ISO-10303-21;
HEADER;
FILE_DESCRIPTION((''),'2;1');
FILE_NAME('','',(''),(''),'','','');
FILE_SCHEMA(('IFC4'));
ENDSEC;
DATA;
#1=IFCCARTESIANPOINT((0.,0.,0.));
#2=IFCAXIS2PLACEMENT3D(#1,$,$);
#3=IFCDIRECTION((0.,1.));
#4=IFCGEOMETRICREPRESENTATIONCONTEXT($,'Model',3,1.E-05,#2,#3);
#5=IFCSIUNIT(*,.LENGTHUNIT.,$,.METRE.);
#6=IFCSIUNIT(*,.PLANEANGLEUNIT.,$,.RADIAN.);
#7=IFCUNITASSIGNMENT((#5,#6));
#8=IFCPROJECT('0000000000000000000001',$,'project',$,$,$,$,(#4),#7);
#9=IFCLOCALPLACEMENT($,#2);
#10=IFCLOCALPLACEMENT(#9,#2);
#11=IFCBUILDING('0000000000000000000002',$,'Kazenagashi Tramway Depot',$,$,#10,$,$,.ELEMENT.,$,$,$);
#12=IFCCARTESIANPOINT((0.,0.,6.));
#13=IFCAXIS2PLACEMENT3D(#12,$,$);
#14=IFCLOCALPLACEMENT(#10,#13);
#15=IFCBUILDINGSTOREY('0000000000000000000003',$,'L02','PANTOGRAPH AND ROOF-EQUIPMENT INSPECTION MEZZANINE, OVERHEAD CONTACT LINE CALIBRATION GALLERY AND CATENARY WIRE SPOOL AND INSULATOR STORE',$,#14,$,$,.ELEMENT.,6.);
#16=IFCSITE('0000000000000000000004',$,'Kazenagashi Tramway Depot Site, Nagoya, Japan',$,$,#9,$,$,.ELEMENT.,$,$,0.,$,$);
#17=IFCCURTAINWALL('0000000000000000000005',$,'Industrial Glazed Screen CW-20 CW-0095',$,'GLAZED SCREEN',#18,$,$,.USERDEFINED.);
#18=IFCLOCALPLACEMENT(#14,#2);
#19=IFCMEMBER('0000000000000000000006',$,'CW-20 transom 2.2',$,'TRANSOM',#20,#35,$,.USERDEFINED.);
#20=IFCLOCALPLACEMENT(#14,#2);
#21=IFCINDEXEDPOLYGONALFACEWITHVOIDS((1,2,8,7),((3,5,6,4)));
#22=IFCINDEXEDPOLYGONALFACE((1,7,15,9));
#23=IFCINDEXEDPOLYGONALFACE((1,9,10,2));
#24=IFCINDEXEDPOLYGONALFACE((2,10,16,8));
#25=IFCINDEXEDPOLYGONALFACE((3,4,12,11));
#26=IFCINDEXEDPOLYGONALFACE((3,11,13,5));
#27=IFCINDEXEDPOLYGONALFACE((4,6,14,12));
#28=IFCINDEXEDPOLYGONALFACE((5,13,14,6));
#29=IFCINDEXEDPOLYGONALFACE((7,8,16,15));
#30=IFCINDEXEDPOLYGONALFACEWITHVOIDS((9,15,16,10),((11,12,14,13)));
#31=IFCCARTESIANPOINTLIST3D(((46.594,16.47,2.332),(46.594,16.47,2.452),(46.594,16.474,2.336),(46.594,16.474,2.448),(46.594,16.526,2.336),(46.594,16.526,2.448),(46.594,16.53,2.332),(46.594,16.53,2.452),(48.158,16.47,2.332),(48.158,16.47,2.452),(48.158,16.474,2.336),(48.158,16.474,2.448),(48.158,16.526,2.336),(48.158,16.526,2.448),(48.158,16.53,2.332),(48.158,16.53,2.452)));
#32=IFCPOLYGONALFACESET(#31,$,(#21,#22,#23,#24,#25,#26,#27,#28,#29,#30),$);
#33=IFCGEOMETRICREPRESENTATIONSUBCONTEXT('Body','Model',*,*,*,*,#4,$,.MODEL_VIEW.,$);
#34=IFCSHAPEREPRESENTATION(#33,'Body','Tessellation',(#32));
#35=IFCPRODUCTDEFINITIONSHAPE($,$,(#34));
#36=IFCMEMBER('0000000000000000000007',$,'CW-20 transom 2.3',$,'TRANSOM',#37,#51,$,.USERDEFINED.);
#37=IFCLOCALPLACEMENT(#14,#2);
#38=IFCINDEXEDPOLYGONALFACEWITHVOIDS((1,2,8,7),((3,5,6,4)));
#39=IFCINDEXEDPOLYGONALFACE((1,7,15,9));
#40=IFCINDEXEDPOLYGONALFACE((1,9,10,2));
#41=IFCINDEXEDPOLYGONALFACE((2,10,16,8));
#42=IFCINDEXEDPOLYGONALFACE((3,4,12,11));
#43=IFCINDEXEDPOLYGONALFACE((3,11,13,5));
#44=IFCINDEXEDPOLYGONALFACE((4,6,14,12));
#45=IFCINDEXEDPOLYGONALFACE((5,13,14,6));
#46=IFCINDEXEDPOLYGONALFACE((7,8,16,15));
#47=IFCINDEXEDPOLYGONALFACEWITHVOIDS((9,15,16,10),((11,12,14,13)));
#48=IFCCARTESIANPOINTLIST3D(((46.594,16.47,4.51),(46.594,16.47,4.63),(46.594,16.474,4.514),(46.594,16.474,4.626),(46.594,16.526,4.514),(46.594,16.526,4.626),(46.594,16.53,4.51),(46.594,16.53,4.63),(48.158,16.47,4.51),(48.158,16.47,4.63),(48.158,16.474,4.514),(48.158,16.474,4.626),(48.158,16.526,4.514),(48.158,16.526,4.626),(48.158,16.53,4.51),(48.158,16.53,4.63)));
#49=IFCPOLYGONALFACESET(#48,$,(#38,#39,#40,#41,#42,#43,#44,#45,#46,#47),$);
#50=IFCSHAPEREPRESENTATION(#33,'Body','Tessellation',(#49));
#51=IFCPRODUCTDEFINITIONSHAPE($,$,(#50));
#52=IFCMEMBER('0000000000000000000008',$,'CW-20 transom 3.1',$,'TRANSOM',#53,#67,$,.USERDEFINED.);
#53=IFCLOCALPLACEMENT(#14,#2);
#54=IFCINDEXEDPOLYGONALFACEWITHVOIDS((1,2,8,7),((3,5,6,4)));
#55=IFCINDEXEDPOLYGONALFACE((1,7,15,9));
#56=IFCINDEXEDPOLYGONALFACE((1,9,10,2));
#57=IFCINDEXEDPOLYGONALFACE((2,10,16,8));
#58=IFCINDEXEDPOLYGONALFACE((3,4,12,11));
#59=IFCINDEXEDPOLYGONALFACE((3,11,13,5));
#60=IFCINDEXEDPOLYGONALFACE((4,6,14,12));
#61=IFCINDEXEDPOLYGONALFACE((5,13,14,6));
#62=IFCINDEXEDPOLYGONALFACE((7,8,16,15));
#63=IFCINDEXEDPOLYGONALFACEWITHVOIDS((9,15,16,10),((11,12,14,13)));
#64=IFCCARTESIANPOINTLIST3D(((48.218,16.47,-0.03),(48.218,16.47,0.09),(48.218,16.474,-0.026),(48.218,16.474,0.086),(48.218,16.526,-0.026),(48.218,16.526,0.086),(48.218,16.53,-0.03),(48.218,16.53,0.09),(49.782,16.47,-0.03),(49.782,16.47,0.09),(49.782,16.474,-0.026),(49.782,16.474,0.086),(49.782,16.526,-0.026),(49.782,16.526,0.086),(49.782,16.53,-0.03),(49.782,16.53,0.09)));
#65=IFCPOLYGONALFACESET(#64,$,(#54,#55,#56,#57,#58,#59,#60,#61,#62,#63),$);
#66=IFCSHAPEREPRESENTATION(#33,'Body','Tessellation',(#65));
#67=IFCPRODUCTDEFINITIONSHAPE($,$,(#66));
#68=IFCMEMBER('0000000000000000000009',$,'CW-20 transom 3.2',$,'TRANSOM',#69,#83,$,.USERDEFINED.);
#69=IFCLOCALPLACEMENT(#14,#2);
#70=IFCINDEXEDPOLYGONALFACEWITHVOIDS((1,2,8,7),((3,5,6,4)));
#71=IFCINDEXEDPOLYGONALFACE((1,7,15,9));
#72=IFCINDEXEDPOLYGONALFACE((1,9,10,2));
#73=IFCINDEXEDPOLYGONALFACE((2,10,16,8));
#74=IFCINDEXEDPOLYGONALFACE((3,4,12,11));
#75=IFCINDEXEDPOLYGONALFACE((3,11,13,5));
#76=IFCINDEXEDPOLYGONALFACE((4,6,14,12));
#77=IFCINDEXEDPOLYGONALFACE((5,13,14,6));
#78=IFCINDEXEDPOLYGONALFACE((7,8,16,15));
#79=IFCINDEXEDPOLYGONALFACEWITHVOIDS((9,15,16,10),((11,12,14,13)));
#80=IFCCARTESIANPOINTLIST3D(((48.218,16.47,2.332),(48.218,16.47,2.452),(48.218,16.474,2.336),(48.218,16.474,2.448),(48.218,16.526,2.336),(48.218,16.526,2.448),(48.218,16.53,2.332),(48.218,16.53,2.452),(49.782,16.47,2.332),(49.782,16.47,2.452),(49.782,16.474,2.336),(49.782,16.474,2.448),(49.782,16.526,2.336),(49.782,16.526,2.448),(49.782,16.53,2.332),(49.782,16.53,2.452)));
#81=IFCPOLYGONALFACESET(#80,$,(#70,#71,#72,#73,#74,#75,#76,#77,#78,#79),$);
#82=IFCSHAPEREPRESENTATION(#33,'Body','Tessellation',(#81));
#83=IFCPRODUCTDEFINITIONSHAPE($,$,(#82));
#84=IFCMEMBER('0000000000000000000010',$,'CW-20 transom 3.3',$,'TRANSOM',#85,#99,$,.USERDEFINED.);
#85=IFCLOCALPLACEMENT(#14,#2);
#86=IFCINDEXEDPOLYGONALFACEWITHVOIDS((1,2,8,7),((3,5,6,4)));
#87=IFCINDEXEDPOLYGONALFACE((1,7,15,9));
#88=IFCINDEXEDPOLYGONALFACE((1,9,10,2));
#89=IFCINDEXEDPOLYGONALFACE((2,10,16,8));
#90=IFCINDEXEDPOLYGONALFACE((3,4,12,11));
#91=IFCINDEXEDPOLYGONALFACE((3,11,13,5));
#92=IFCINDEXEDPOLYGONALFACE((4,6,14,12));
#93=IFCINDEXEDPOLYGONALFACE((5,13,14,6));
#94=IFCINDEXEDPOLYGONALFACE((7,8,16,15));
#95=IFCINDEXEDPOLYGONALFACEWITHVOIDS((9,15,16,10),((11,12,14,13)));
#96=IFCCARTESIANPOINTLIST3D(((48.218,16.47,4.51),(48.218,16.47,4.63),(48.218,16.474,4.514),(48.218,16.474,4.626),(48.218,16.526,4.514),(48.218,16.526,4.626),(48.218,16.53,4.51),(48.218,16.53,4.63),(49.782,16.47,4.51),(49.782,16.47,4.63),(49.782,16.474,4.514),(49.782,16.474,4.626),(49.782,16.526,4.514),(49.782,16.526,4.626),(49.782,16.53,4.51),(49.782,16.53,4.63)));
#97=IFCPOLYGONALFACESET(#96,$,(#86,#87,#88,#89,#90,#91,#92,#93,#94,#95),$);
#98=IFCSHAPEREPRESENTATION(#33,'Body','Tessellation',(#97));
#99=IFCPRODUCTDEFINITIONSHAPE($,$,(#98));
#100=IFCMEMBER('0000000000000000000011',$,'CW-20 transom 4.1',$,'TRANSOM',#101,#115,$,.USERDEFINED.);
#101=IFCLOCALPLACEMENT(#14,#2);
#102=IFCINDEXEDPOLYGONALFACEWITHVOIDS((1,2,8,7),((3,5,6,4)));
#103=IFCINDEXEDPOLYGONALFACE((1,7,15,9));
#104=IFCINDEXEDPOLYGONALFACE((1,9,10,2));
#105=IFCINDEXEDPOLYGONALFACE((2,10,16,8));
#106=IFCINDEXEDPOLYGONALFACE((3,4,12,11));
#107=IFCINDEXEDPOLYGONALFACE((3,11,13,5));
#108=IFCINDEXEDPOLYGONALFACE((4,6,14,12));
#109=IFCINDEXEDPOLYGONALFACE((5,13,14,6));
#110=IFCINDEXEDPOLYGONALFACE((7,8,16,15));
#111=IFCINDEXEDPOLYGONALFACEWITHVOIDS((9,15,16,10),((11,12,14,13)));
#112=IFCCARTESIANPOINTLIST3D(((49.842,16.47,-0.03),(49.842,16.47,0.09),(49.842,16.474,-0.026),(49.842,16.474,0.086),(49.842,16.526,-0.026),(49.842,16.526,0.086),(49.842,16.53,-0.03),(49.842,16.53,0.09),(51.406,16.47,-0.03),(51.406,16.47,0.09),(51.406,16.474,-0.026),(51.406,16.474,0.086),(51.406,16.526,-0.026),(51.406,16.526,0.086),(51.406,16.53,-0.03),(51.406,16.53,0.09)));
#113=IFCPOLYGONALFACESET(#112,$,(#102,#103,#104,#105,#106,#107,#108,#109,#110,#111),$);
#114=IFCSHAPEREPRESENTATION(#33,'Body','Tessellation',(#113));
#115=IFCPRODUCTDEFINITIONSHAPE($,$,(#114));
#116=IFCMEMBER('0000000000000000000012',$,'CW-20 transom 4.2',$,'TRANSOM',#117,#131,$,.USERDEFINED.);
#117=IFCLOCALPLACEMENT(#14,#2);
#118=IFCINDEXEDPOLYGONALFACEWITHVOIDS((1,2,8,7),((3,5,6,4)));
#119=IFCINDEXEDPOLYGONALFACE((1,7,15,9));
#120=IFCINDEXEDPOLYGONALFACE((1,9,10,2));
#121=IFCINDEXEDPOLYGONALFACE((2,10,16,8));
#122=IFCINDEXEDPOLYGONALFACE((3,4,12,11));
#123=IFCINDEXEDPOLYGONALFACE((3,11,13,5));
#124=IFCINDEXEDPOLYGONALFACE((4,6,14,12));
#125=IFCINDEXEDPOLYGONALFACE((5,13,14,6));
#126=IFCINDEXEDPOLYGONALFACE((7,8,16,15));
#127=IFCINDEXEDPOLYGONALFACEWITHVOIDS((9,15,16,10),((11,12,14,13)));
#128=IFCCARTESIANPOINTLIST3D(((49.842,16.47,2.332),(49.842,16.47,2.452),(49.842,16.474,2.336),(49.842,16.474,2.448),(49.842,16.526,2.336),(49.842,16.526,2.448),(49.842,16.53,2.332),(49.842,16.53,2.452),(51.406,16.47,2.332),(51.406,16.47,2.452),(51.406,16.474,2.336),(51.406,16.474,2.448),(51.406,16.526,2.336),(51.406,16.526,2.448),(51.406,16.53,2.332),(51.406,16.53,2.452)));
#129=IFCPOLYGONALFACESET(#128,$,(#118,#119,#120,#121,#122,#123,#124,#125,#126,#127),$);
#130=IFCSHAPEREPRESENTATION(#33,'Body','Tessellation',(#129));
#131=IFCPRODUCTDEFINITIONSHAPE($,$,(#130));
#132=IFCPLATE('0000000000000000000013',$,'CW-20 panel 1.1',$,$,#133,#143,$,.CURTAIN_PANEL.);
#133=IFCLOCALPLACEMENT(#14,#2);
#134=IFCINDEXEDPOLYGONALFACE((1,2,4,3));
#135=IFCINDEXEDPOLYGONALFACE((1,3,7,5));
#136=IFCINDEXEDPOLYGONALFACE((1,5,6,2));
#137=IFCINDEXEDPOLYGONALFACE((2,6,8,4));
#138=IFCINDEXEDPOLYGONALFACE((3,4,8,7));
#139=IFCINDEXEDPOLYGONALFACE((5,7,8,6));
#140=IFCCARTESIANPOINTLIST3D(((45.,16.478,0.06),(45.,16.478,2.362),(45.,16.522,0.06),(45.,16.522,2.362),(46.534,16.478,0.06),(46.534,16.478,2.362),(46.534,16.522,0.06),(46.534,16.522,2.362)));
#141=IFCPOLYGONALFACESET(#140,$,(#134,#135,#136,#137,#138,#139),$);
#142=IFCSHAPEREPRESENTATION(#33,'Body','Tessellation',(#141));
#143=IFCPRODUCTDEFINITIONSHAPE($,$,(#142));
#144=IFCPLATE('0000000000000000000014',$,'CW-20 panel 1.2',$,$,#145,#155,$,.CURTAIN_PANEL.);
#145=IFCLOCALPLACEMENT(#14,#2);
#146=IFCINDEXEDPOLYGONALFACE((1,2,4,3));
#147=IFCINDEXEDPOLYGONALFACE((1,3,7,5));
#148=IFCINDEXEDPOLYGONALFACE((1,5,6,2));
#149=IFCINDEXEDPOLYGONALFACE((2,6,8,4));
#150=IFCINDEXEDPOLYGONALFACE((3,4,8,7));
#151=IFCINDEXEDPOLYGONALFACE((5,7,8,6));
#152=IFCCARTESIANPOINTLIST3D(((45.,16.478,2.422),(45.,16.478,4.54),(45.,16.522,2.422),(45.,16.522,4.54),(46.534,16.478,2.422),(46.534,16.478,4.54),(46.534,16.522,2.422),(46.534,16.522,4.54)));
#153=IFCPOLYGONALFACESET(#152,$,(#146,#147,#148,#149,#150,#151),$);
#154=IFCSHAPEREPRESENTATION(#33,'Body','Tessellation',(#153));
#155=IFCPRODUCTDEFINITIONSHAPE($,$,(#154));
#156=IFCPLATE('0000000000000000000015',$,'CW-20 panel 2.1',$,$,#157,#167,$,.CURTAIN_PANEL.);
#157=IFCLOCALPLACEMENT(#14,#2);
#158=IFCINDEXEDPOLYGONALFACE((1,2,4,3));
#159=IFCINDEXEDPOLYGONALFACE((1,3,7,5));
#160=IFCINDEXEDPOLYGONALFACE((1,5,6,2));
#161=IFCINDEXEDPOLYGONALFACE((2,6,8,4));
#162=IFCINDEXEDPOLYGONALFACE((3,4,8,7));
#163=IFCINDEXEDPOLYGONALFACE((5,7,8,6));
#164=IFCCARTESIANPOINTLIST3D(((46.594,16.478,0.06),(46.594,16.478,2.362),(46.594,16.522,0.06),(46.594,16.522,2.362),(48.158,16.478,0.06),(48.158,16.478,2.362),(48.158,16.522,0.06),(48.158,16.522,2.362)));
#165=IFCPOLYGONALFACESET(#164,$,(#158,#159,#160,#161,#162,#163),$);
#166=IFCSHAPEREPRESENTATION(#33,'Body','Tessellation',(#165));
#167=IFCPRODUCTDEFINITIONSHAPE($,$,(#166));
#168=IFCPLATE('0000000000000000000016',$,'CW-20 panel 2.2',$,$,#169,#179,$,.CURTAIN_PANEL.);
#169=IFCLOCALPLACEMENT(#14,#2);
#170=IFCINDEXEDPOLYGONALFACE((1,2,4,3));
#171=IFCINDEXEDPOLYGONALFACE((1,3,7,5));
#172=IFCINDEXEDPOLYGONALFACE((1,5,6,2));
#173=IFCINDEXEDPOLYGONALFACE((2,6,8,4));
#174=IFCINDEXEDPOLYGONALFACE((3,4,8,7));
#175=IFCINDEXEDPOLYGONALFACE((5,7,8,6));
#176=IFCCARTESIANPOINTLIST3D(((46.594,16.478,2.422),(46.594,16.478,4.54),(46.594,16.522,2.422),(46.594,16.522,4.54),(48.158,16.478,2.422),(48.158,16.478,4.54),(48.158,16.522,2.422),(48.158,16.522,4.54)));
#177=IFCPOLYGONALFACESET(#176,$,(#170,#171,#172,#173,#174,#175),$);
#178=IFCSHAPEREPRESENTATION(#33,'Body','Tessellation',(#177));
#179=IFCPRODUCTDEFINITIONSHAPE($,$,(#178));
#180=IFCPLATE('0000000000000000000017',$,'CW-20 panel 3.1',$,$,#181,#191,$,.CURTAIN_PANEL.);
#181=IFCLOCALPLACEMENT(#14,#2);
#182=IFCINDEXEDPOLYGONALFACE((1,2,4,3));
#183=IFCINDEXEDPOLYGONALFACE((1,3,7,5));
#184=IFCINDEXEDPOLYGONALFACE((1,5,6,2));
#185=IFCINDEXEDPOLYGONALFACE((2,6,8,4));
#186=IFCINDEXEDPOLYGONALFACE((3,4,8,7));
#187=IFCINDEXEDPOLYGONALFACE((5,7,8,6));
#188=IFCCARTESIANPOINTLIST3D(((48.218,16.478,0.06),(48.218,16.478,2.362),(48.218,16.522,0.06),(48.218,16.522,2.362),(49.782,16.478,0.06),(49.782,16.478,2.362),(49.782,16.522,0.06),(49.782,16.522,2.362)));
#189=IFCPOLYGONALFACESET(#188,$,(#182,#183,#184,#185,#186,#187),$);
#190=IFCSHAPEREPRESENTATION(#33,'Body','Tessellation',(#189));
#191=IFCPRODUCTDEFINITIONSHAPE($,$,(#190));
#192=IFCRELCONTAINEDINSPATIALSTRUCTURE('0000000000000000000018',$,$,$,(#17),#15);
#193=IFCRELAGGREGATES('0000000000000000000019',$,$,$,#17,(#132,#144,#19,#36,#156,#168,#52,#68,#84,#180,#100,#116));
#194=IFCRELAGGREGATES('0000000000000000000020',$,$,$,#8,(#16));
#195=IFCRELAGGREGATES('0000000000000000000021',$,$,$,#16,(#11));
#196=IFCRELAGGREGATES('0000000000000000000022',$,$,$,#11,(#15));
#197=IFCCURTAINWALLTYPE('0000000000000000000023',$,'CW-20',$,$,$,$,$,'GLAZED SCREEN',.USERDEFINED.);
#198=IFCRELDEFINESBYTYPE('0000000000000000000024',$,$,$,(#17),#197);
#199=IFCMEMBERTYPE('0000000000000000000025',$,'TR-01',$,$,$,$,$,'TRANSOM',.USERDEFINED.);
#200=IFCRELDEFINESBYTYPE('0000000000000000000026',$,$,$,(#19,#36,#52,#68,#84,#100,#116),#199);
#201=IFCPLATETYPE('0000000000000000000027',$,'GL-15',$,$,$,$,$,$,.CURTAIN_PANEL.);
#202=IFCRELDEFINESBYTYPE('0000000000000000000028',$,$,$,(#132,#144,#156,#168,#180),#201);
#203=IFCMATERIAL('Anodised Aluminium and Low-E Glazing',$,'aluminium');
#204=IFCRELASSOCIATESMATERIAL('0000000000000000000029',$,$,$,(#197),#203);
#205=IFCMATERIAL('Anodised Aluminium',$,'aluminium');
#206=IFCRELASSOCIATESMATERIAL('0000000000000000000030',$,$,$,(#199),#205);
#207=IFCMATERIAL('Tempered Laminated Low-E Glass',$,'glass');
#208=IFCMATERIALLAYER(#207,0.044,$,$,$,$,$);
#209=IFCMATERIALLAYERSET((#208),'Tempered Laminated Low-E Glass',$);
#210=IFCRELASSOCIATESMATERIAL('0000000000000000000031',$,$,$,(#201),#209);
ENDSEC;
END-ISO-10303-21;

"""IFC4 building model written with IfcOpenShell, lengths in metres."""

from ifc_helpers import new_model, si_unit, direction, frame, origin, origin_2d, place, context, subcontext, project, spatial, rectangle, hollow_rectangle, extrude, material, layer, layer_set, material_profile, profile_set, type_object, element, aggregate, save


model = new_model("IFC4")

# Units and contexts
model_context = context("Model", 3, precision=1e-05, world=origin(), true_north=direction((0.0, 1.0)))
body_context = subcontext(model_context, "Body", "Model", "MODEL_VIEW")
ifc_project = project(units=[si_unit("LENGTHUNIT", "METRE"), si_unit("PLANEANGLEUNIT", "RADIAN")], contexts=[model_context])

# Site, building, storey
site_placement = place(None, origin())
site = spatial("IfcSite", under=ifc_project, at=site_placement, Name="Kazenagashi Tramway Depot Site, Nagoya, Japan", CompositionType="ELEMENT", RefElevation=0.0)
building_placement = place(site_placement, origin())
building = spatial("IfcBuilding", under=site, at=building_placement, Name="Kazenagashi Tramway Depot", CompositionType="ELEMENT")
storey_placement = place(building_placement, frame((0.0, 0.0, 6.0)))
storey = spatial("IfcBuildingStorey", under=building, at=storey_placement, Name="L02", Description="PANTOGRAPH AND ROOF-EQUIPMENT INSPECTION MEZZANINE, OVERHEAD CONTACT LINE CALIBRATION GALLERY AND CATENARY WIRE SPOOL AND INSULATOR STORE", CompositionType="ELEMENT", Elevation=6.0)

# Curtain wall
ifc_material_1 = material(Name="Anodised Aluminium and Low-E Glazing", Category="aluminium")
curtain_wall_type = type_object("IfcCurtainWallType", Name="CW-20", ElementType="GLAZED SCREEN", PredefinedType="USERDEFINED", material=ifc_material_1)
curtain_wall_placement = place(storey_placement, origin())
curtain_wall = element("IfcCurtainWall", 1, at=curtain_wall_placement, inside=storey, type_object=curtain_wall_type, Name="Industrial Glazed Screen CW-20 CW-0095", ObjectType="GLAZED SCREEN", PredefinedType="USERDEFINED")
ifc_material_2 = material(Name="Anodised Aluminium", Category="aluminium")

# Members
ifc_material_profile_1 = material_profile(ifc_material_2, hollow_rectangle(XDim=0.06, YDim=0.12, WallThickness=0.004, at=origin_2d()), Name="RHS-120x60x4")
ifc_profile_set_1 = profile_set([ifc_material_profile_1], Name="Anodised Aluminium")
member_type_1 = type_object("IfcMemberType", Name="TR-01", ElementType="TRANSOM", PredefinedType="USERDEFINED", material=ifc_profile_set_1)
member_1_placement = place(storey_placement, frame((46.594, 16.5, 2.392), z_axis=(1.0, 0.0, 0.0), x_axis=(0.0, 1.0, 0.0)))
member_1 = element("IfcMember", 2, at=member_1_placement, type_object=member_type_1, Name="CW-20 transom 2.2", ObjectType="TRANSOM", PredefinedType="USERDEFINED", context=body_context, shape_type="SweptSolid", body=[
    extrude(hollow_rectangle(XDim=0.06, YDim=0.12, WallThickness=0.004, at=origin_2d()), origin(), (0.0, 0.0, 1.0), 1.564),
])
member_2_placement = place(storey_placement, frame((46.594, 16.5, 4.57), z_axis=(1.0, 0.0, 0.0), x_axis=(0.0, 1.0, 0.0)))
member_2 = element("IfcMember", 3, at=member_2_placement, type_object=member_type_1, Name="CW-20 transom 2.3", ObjectType="TRANSOM", PredefinedType="USERDEFINED", context=body_context, shape_type="SweptSolid", body=[
    extrude(hollow_rectangle(XDim=0.06, YDim=0.12, WallThickness=0.004, at=origin_2d()), origin(), (0.0, 0.0, 1.0), 1.564),
])
member_3_placement = place(storey_placement, frame((48.218, 16.5, 0.03), z_axis=(1.0, 0.0, 0.0), x_axis=(0.0, 1.0, 0.0)))
member_3 = element("IfcMember", 4, at=member_3_placement, type_object=member_type_1, Name="CW-20 transom 3.1", ObjectType="TRANSOM", PredefinedType="USERDEFINED", context=body_context, shape_type="SweptSolid", body=[
    extrude(hollow_rectangle(XDim=0.06, YDim=0.12, WallThickness=0.004, at=origin_2d()), origin(), (0.0, 0.0, 1.0), 1.564),
])
member_4_placement = place(storey_placement, frame((48.218, 16.5, 2.392), z_axis=(1.0, 0.0, 0.0), x_axis=(0.0, 1.0, 0.0)))
member_4 = element("IfcMember", 5, at=member_4_placement, type_object=member_type_1, Name="CW-20 transom 3.2", ObjectType="TRANSOM", PredefinedType="USERDEFINED", context=body_context, shape_type="SweptSolid", body=[
    extrude(hollow_rectangle(XDim=0.06, YDim=0.12, WallThickness=0.004, at=origin_2d()), origin(), (0.0, 0.0, 1.0), 1.564),
])
member_5_placement = place(storey_placement, frame((48.218, 16.5, 4.57), z_axis=(1.0, 0.0, 0.0), x_axis=(0.0, 1.0, 0.0)))
member_5 = element("IfcMember", 6, at=member_5_placement, type_object=member_type_1, Name="CW-20 transom 3.3", ObjectType="TRANSOM", PredefinedType="USERDEFINED", context=body_context, shape_type="SweptSolid", body=[
    extrude(hollow_rectangle(XDim=0.06, YDim=0.12, WallThickness=0.004, at=origin_2d()), origin(), (0.0, 0.0, 1.0), 1.564),
])
member_6_placement = place(storey_placement, frame((49.842, 16.5, 0.03), z_axis=(1.0, 0.0, 0.0), x_axis=(0.0, 1.0, 0.0)))
member_6 = element("IfcMember", 7, at=member_6_placement, type_object=member_type_1, Name="CW-20 transom 4.1", ObjectType="TRANSOM", PredefinedType="USERDEFINED", context=body_context, shape_type="SweptSolid", body=[
    extrude(hollow_rectangle(XDim=0.06, YDim=0.12, WallThickness=0.004, at=origin_2d()), origin(), (0.0, 0.0, 1.0), 1.564),
])
member_7_placement = place(storey_placement, frame((49.842, 16.5, 2.392), z_axis=(1.0, 0.0, 0.0), x_axis=(0.0, 1.0, 0.0)))
member_7 = element("IfcMember", 8, at=member_7_placement, type_object=member_type_1, Name="CW-20 transom 4.2", ObjectType="TRANSOM", PredefinedType="USERDEFINED", context=body_context, shape_type="SweptSolid", body=[
    extrude(hollow_rectangle(XDim=0.06, YDim=0.12, WallThickness=0.004, at=origin_2d()), origin(), (0.0, 0.0, 1.0), 1.564),
])

# Plates
ifc_material_3 = material(Name="Tempered Laminated Low-E Glass", Category="glass")
ifc_layer_1 = layer(ifc_material_3, 0.044)
ifc_layer_set_1 = layer_set([ifc_layer_1], Name="Tempered Laminated Low-E Glass")
plate_type = type_object("IfcPlateType", Name="GL-15", PredefinedType="CURTAIN_PANEL", material=ifc_layer_set_1)
plate_1_placement = place(storey_placement, frame((45.767, 16.5, 0.06), z_axis=(0.0, 0.0, 1.0), x_axis=(1.0, 0.0, 0.0)))
plate_1 = element("IfcPlate", 9, at=plate_1_placement, type_object=plate_type, Name="CW-20 panel 1.1", PredefinedType="CURTAIN_PANEL", context=body_context, shape_type="SweptSolid", body=[
    extrude(rectangle(XDim=1.534, YDim=0.044, at=origin_2d()), origin(), (0.0, 0.0, 1.0), 2.302),
])
plate_2_placement = place(storey_placement, frame((45.767, 16.5, 2.422), z_axis=(0.0, 0.0, 1.0), x_axis=(1.0, 0.0, 0.0)))
plate_2 = element("IfcPlate", 10, at=plate_2_placement, type_object=plate_type, Name="CW-20 panel 1.2", PredefinedType="CURTAIN_PANEL", context=body_context, shape_type="SweptSolid", body=[
    extrude(rectangle(XDim=1.534, YDim=0.044, at=origin_2d()), origin(), (0.0, 0.0, 1.0), 2.118),
])
plate_3_placement = place(storey_placement, frame((47.376, 16.5, 0.06), z_axis=(0.0, 0.0, 1.0), x_axis=(1.0, 0.0, 0.0)))
plate_3 = element("IfcPlate", 11, at=plate_3_placement, type_object=plate_type, Name="CW-20 panel 2.1", PredefinedType="CURTAIN_PANEL", context=body_context, shape_type="SweptSolid", body=[
    extrude(rectangle(XDim=1.564, YDim=0.044, at=origin_2d()), origin(), (0.0, 0.0, 1.0), 2.302),
])
plate_4_placement = place(storey_placement, frame((47.376, 16.5, 2.422), z_axis=(0.0, 0.0, 1.0), x_axis=(1.0, 0.0, 0.0)))
plate_4 = element("IfcPlate", 12, at=plate_4_placement, type_object=plate_type, Name="CW-20 panel 2.2", PredefinedType="CURTAIN_PANEL", context=body_context, shape_type="SweptSolid", body=[
    extrude(rectangle(XDim=1.564, YDim=0.044, at=origin_2d()), origin(), (0.0, 0.0, 1.0), 2.118),
])
plate_5_placement = place(storey_placement, frame((49.0, 16.5, 0.06), z_axis=(0.0, 0.0, 1.0), x_axis=(1.0, 0.0, 0.0)))
plate_5 = element("IfcPlate", 13, at=plate_5_placement, type_object=plate_type, Name="CW-20 panel 3.1", PredefinedType="CURTAIN_PANEL", context=body_context, shape_type="SweptSolid", body=[
    extrude(rectangle(XDim=1.564, YDim=0.044, at=origin_2d()), origin(), (0.0, 0.0, 1.0), 2.302),
])
aggregate(curtain_wall, [plate_1, plate_2, member_1, member_2, plate_3, plate_4, member_3, member_4, member_5, plate_5, member_6, member_7])

save(model, "model.ifc")
